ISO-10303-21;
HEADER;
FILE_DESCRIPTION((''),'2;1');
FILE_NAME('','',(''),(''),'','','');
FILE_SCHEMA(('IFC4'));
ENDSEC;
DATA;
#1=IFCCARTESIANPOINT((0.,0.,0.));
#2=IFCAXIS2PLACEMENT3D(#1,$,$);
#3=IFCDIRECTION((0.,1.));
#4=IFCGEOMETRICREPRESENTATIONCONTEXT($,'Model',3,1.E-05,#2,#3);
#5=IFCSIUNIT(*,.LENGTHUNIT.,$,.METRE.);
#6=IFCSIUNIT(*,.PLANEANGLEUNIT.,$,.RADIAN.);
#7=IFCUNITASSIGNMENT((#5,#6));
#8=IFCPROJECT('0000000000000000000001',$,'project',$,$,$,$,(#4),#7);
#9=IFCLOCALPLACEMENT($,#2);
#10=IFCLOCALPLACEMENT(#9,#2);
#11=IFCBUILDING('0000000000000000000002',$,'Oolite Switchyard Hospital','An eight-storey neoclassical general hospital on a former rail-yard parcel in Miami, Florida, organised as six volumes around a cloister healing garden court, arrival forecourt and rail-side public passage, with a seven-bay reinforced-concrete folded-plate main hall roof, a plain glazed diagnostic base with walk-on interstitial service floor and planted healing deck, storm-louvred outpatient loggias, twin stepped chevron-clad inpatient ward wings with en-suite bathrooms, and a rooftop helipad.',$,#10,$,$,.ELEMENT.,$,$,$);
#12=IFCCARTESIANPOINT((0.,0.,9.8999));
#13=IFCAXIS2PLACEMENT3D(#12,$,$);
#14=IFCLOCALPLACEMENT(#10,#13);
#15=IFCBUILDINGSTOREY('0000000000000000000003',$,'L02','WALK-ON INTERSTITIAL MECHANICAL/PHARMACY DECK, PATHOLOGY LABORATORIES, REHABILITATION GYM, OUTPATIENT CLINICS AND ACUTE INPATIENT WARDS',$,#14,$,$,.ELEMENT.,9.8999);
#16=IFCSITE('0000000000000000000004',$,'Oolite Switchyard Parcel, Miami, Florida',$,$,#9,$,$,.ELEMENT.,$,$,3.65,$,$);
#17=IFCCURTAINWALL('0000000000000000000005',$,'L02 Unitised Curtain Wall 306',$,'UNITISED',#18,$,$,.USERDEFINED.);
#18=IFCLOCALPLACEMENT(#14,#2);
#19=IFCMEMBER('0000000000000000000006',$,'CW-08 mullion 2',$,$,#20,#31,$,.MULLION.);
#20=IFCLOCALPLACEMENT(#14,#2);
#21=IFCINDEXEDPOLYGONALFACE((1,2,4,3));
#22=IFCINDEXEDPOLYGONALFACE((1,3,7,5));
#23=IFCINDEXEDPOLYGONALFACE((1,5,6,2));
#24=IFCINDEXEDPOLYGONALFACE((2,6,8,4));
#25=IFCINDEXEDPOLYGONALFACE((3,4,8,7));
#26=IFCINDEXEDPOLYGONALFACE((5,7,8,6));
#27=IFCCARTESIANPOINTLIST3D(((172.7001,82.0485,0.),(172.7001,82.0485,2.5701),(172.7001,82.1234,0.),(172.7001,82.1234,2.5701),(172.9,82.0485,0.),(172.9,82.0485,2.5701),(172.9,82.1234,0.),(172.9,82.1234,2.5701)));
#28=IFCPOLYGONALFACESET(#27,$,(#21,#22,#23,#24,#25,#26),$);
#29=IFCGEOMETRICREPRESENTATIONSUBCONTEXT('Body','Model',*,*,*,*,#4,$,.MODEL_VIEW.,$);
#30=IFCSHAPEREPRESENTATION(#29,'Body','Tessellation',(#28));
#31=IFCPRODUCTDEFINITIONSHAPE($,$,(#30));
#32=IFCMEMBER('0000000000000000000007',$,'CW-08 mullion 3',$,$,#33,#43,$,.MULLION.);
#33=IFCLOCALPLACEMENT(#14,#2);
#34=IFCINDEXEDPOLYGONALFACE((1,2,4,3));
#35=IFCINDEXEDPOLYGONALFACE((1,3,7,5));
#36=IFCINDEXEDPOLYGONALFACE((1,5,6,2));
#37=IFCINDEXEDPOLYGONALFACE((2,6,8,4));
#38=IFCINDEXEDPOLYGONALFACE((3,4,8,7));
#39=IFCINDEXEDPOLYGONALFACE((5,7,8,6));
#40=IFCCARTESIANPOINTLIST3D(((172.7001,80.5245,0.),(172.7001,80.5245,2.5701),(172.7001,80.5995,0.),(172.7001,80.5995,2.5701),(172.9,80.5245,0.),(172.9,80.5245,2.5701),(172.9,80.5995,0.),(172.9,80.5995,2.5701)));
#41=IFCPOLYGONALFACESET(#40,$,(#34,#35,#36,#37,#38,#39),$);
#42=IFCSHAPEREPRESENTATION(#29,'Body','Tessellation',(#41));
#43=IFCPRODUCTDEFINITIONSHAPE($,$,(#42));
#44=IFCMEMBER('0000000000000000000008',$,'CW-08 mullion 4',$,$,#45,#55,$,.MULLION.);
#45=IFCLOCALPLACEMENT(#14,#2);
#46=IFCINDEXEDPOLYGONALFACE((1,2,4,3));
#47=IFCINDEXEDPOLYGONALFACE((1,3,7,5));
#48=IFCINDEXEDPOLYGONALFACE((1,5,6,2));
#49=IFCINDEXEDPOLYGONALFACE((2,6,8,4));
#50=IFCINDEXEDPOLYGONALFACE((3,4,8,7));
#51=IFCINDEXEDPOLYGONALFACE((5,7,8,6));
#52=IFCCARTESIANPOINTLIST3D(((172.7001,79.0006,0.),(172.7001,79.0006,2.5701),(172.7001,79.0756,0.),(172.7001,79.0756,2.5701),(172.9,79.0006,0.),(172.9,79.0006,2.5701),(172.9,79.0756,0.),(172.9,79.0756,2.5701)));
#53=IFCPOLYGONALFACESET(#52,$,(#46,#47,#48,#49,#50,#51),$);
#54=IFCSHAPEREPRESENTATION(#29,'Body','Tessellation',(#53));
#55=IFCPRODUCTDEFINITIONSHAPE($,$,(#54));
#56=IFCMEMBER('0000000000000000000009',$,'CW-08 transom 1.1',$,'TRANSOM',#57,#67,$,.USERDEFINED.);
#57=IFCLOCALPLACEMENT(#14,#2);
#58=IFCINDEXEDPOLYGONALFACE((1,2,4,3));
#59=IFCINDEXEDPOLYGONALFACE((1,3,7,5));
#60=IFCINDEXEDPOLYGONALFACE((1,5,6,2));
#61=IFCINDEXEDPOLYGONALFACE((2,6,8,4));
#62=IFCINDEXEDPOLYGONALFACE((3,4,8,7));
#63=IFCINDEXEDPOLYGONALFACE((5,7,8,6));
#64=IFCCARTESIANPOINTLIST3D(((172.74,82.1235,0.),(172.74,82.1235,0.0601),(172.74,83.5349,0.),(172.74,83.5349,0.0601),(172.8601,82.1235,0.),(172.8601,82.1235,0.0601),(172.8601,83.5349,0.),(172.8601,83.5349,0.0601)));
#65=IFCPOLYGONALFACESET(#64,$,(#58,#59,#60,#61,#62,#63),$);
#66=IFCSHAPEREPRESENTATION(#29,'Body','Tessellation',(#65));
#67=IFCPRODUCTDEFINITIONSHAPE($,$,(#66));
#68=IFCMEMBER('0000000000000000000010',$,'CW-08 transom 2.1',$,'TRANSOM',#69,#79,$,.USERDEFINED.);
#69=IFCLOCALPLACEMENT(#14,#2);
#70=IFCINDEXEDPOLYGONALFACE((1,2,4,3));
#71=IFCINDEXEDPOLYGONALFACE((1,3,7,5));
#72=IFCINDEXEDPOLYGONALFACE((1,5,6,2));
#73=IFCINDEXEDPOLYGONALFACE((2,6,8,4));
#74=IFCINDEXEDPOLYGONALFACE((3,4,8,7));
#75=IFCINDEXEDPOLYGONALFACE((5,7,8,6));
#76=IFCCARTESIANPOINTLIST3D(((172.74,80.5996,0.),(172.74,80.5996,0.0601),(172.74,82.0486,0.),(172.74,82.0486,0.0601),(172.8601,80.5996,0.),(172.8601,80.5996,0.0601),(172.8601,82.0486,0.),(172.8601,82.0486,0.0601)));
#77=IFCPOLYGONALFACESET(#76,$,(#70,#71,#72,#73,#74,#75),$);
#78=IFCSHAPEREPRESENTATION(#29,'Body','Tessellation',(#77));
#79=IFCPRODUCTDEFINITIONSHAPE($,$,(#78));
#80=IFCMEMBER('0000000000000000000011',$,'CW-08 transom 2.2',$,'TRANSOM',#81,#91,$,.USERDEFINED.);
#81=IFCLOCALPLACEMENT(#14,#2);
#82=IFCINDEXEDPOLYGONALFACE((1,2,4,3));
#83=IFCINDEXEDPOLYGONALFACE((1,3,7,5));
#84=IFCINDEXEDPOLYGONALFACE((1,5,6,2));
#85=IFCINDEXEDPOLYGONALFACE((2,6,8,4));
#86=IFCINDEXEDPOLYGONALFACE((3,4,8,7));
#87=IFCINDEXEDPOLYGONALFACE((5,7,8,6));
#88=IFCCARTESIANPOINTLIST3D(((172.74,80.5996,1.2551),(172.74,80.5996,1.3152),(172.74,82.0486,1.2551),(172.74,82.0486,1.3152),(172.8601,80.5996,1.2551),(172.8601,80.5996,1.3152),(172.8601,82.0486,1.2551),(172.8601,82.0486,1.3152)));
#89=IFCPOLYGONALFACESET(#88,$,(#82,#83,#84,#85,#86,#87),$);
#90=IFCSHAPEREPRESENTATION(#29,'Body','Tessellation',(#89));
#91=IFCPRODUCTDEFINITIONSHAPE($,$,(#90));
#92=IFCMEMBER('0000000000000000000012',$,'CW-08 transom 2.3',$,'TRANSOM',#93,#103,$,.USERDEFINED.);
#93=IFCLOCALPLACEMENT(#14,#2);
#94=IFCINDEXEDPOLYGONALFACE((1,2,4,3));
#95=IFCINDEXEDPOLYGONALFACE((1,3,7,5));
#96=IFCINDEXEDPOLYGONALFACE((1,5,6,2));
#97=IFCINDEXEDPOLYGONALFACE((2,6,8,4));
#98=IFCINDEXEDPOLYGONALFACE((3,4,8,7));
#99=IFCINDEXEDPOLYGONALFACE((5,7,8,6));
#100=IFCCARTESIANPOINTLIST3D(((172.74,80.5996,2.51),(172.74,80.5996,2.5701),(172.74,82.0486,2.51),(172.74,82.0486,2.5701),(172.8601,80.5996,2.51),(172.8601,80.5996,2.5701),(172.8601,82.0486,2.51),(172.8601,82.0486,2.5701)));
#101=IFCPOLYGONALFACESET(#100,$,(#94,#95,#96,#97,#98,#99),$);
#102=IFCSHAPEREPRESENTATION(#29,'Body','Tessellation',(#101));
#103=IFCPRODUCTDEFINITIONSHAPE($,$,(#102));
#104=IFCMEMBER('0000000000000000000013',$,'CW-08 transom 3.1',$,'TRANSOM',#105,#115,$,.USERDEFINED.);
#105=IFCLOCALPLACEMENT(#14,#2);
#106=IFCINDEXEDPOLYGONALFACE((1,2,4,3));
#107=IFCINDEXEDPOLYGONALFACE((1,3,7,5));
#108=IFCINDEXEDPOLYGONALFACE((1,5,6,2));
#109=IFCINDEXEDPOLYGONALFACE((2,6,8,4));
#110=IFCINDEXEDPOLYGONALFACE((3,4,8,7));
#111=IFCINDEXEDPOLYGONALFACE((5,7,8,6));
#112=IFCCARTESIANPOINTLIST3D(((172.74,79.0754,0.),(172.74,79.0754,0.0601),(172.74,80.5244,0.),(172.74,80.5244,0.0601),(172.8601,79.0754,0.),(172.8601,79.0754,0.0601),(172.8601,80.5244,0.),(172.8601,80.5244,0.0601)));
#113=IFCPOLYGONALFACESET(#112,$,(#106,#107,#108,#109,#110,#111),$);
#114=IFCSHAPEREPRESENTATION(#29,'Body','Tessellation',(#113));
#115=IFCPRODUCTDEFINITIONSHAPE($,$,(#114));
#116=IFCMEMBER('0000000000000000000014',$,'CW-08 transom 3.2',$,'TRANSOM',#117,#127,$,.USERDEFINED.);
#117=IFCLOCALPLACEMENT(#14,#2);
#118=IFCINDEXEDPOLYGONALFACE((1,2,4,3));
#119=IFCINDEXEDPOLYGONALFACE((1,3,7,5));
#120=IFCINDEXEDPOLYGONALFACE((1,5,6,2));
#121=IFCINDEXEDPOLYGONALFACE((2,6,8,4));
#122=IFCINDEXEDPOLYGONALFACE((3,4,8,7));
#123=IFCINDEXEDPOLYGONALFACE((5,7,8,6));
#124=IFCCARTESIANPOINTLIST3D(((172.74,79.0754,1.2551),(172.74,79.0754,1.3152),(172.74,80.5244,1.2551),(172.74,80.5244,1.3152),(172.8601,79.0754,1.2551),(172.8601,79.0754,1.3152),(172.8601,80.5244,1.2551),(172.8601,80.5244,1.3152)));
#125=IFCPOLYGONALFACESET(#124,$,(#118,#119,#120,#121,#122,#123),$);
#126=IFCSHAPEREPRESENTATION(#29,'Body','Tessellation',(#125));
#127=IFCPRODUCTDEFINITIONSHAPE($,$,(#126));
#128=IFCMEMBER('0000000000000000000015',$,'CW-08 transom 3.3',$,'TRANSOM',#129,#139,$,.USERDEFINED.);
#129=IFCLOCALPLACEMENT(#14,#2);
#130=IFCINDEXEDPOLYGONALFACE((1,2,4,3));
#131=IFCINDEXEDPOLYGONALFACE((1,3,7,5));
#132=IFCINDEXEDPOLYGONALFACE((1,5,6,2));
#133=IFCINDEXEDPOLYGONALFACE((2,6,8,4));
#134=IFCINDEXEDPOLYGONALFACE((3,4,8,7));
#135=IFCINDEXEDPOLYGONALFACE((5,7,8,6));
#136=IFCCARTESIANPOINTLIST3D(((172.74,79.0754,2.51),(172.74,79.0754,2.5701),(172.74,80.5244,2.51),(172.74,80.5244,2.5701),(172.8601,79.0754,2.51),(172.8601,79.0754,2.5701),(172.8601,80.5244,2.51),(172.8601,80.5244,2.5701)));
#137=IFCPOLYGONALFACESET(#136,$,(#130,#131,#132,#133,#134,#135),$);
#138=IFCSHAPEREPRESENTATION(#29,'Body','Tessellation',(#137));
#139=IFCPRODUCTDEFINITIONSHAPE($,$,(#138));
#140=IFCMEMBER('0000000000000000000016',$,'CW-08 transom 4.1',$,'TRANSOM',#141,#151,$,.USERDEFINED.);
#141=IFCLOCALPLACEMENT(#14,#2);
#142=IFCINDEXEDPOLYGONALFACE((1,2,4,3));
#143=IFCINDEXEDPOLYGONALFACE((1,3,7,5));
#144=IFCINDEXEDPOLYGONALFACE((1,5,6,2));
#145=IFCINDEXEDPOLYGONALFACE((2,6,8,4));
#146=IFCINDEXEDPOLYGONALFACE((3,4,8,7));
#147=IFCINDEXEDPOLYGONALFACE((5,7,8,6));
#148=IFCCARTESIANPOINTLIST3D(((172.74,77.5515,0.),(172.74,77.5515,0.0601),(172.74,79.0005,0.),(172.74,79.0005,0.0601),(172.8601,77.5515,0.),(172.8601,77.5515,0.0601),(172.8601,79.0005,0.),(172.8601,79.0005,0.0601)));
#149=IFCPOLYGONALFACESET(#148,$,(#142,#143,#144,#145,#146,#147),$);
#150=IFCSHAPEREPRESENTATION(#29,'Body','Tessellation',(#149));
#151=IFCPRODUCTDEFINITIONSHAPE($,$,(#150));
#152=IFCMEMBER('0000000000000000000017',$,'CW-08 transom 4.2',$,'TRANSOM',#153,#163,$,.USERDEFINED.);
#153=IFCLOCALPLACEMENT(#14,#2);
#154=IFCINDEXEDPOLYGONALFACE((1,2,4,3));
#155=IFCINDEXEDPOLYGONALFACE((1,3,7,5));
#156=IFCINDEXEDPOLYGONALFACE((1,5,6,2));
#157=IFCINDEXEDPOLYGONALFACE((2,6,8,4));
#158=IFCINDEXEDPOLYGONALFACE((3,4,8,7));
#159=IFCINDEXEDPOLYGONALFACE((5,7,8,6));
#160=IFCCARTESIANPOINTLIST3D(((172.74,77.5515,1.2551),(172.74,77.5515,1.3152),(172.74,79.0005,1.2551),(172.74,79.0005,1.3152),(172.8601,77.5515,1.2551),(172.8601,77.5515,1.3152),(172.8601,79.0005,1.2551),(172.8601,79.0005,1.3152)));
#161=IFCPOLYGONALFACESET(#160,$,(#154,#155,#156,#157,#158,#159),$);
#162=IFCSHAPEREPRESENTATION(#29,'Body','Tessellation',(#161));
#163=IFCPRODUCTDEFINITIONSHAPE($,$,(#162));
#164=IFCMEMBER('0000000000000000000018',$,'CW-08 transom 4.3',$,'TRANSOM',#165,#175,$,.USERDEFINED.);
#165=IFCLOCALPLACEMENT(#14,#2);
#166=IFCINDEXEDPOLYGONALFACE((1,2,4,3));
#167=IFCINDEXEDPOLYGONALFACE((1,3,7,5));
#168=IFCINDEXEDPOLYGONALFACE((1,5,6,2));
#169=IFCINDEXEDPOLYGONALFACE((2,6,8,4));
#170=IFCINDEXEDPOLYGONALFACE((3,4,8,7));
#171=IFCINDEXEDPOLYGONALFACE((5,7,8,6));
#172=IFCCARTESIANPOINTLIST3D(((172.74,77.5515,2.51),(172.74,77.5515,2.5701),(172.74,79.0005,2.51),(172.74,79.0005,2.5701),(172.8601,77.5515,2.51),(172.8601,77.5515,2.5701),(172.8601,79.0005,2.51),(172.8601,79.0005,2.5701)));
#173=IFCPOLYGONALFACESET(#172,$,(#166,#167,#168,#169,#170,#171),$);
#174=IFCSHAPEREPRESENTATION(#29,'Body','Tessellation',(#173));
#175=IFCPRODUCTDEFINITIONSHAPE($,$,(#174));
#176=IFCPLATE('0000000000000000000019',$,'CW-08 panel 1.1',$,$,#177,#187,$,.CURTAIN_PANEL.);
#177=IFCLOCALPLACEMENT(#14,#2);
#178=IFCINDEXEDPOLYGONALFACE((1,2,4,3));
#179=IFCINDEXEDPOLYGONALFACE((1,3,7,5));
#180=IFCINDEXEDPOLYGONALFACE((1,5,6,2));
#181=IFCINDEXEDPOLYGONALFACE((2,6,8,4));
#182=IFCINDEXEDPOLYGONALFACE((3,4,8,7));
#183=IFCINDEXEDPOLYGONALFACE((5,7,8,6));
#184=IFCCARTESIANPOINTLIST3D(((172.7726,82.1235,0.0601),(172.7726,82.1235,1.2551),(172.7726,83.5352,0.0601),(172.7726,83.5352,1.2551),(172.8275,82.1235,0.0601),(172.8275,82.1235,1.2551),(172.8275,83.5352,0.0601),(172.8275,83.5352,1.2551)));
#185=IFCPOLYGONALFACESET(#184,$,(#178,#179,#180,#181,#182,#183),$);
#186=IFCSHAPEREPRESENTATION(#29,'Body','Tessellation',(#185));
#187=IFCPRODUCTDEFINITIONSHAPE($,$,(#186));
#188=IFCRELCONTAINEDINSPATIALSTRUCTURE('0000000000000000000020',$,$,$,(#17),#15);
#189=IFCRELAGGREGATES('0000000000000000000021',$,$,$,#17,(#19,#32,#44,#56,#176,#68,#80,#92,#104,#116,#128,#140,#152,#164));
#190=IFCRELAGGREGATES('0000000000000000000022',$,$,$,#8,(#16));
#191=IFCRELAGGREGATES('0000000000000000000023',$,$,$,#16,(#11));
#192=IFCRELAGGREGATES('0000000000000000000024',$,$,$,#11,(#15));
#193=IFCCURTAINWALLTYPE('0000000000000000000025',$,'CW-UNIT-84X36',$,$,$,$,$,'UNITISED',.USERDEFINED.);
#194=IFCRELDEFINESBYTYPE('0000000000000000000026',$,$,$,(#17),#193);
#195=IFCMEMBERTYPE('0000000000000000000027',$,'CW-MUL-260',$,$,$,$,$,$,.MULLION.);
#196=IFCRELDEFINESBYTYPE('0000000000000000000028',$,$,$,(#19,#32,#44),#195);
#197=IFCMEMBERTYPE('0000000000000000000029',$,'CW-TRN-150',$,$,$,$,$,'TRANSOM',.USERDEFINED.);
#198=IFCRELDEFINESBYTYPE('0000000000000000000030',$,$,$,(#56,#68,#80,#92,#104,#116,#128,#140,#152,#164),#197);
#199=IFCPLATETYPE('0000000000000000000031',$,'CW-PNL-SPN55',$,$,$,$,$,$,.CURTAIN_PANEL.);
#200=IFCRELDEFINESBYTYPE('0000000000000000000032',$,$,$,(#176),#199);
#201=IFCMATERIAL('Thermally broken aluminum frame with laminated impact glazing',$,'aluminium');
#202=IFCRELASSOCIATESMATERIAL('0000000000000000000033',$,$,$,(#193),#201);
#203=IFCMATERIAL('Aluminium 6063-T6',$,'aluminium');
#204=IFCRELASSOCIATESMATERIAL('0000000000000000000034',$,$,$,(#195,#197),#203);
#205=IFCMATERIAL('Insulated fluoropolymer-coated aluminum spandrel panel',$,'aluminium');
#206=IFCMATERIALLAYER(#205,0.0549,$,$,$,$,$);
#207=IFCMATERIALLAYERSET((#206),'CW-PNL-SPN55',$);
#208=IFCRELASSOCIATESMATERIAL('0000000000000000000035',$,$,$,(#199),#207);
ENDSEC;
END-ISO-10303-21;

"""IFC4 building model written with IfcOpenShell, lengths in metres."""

from ifc_helpers import new_model, si_unit, direction, frame, origin, origin_2d, place, context, subcontext, project, spatial, rectangle, extrude, material, layer, layer_set, material_profile, profile_set, type_object, element, aggregate, save


model = new_model("IFC4")

# Units and contexts
model_context = context("Model", 3, precision=1e-05, world=origin(), true_north=direction((0.0, 1.0)))
body_context = subcontext(model_context, "Body", "Model", "MODEL_VIEW")
ifc_project = project(units=[si_unit("LENGTHUNIT", "METRE"), si_unit("PLANEANGLEUNIT", "RADIAN")], contexts=[model_context])

# Site, building, storey
site_placement = place(None, origin())
site = spatial("IfcSite", under=ifc_project, at=site_placement, Name="Oolite Switchyard Parcel, Miami, Florida", CompositionType="ELEMENT", RefElevation=3.65)
building_placement = place(site_placement, origin())
building = spatial("IfcBuilding", under=site, at=building_placement, Name="Oolite Switchyard Hospital", Description="An eight-storey neoclassical general hospital on a former rail-yard parcel in Miami, Florida, organised as six volumes around a cloister healing garden court, arrival forecourt and rail-side public passage, with a seven-bay reinforced-concrete folded-plate main hall roof, a plain glazed diagnostic base with walk-on interstitial service floor and planted healing deck, storm-louvred outpatient loggias, twin stepped chevron-clad inpatient ward wings with en-suite bathrooms, and a rooftop helipad.", CompositionType="ELEMENT")
storey_placement = place(building_placement, frame((0.0, 0.0, 9.8999)))
storey = spatial("IfcBuildingStorey", under=building, at=storey_placement, Name="L02", Description="WALK-ON INTERSTITIAL MECHANICAL/PHARMACY DECK, PATHOLOGY LABORATORIES, REHABILITATION GYM, OUTPATIENT CLINICS AND ACUTE INPATIENT WARDS", CompositionType="ELEMENT", Elevation=9.8999)

# Curtain wall, members, plate
ifc_material_1 = material(Name="Thermally broken aluminum frame with laminated impact glazing", Category="aluminium")
curtain_wall_type = type_object("IfcCurtainWallType", Name="CW-UNIT-84X36", ElementType="UNITISED", PredefinedType="USERDEFINED", material=ifc_material_1)
curtain_wall_placement = place(storey_placement, origin())
curtain_wall = element("IfcCurtainWall", 1, at=curtain_wall_placement, inside=storey, type_object=curtain_wall_type, Name="L02 Unitised Curtain Wall 306", ObjectType="UNITISED", PredefinedType="USERDEFINED")
ifc_material_2 = material(Name="Aluminium 6063-T6", Category="aluminium")
ifc_material_profile_1 = material_profile(ifc_material_2, rectangle(XDim=0.2, YDim=0.075, at=origin_2d()), Name="CWM75X200")
ifc_profile_set_1 = profile_set([ifc_material_profile_1], Name="Aluminium 6063-T6")
member_type_1 = type_object("IfcMemberType", Name="CW-MUL-260", PredefinedType="MULLION", material=ifc_profile_set_1)
member_1_placement = place(storey_placement, frame((172.8, 82.0859, 0.0), z_axis=(0.0, 0.0, 1.0), x_axis=(1.0, 0.0, 0.0)))
member_1 = element("IfcMember", 2, at=member_1_placement, type_object=member_type_1, Name="CW-08 mullion 2", PredefinedType="MULLION", context=body_context, shape_type="SweptSolid", body=[
    extrude(rectangle(XDim=0.2, YDim=0.075, at=origin_2d()), origin(), (0.0, 0.0, 1.0), 2.5701),
])
member_2_placement = place(storey_placement, frame((172.8, 80.562, 0.0), z_axis=(0.0, 0.0, 1.0), x_axis=(1.0, 0.0, 0.0)))
member_2 = element("IfcMember", 3, at=member_2_placement, type_object=member_type_1, Name="CW-08 mullion 3", PredefinedType="MULLION", context=body_context, shape_type="SweptSolid", body=[
    extrude(rectangle(XDim=0.2, YDim=0.075, at=origin_2d()), origin(), (0.0, 0.0, 1.0), 2.5701),
])
member_3_placement = place(storey_placement, frame((172.8, 79.0381, 0.0), z_axis=(0.0, 0.0, 1.0), x_axis=(1.0, 0.0, 0.0)))
member_3 = element("IfcMember", 4, at=member_3_placement, type_object=member_type_1, Name="CW-08 mullion 4", PredefinedType="MULLION", context=body_context, shape_type="SweptSolid", body=[
    extrude(rectangle(XDim=0.2, YDim=0.075, at=origin_2d()), origin(), (0.0, 0.0, 1.0), 2.5701),
])
ifc_material_profile_2 = material_profile(ifc_material_2, rectangle(XDim=0.1201, YDim=0.0601, at=origin_2d()), Name="CWT60X120")
ifc_profile_set_2 = profile_set([ifc_material_profile_2], Name="Aluminium 6063-T6")
member_type_2 = type_object("IfcMemberType", Name="CW-TRN-150", ElementType="TRANSOM", PredefinedType="USERDEFINED", material=ifc_profile_set_2)
member_4_placement = place(storey_placement, frame((172.8, 83.5349, 0.03), z_axis=(0.0, -1.0, 0.0), x_axis=(1.0, 0.0, 0.0)))
member_4 = element("IfcMember", 5, at=member_4_placement, type_object=member_type_2, Name="CW-08 transom 1.1", ObjectType="TRANSOM", PredefinedType="USERDEFINED", context=body_context, shape_type="SweptSolid", body=[
    extrude(rectangle(XDim=0.1201, YDim=0.0601, at=origin_2d()), origin(), (0.0, 0.0, 1.0), 1.4114),
])
member_5_placement = place(storey_placement, frame((172.8, 82.0486, 0.03), z_axis=(0.0, -1.0, 0.0), x_axis=(1.0, 0.0, 0.0)))
member_5 = element("IfcMember", 6, at=member_5_placement, type_object=member_type_2, Name="CW-08 transom 2.1", ObjectType="TRANSOM", PredefinedType="USERDEFINED", context=body_context, shape_type="SweptSolid", body=[
    extrude(rectangle(XDim=0.1201, YDim=0.0601, at=origin_2d()), origin(), (0.0, 0.0, 1.0), 1.449),
])
member_6_placement = place(storey_placement, frame((172.8, 82.0486, 1.2852), z_axis=(0.0, -1.0, 0.0), x_axis=(1.0, 0.0, 0.0)))
member_6 = element("IfcMember", 7, at=member_6_placement, type_object=member_type_2, Name="CW-08 transom 2.2", ObjectType="TRANSOM", PredefinedType="USERDEFINED", context=body_context, shape_type="SweptSolid", body=[
    extrude(rectangle(XDim=0.1201, YDim=0.0601, at=origin_2d()), origin(), (0.0, 0.0, 1.0), 1.449),
])
member_7_placement = place(storey_placement, frame((172.8, 82.0486, 2.54), z_axis=(0.0, -1.0, 0.0), x_axis=(1.0, 0.0, 0.0)))
member_7 = element("IfcMember", 8, at=member_7_placement, type_object=member_type_2, Name="CW-08 transom 2.3", ObjectType="TRANSOM", PredefinedType="USERDEFINED", context=body_context, shape_type="SweptSolid", body=[
    extrude(rectangle(XDim=0.1201, YDim=0.0601, at=origin_2d()), origin(), (0.0, 0.0, 1.0), 1.449),
])
member_8_placement = place(storey_placement, frame((172.8, 80.5244, 0.03), z_axis=(0.0, -1.0, 0.0), x_axis=(1.0, 0.0, 0.0)))
member_8 = element("IfcMember", 9, at=member_8_placement, type_object=member_type_2, Name="CW-08 transom 3.1", ObjectType="TRANSOM", PredefinedType="USERDEFINED", context=body_context, shape_type="SweptSolid", body=[
    extrude(rectangle(XDim=0.1201, YDim=0.0601, at=origin_2d()), origin(), (0.0, 0.0, 1.0), 1.449),
])
member_9_placement = place(storey_placement, frame((172.8, 80.5244, 1.2852), z_axis=(0.0, -1.0, 0.0), x_axis=(1.0, 0.0, 0.0)))
member_9 = element("IfcMember", 10, at=member_9_placement, type_object=member_type_2, Name="CW-08 transom 3.2", ObjectType="TRANSOM", PredefinedType="USERDEFINED", context=body_context, shape_type="SweptSolid", body=[
    extrude(rectangle(XDim=0.1201, YDim=0.0601, at=origin_2d()), origin(), (0.0, 0.0, 1.0), 1.449),
])
member_10_placement = place(storey_placement, frame((172.8, 80.5244, 2.54), z_axis=(0.0, -1.0, 0.0), x_axis=(1.0, 0.0, 0.0)))
member_10 = element("IfcMember", 11, at=member_10_placement, type_object=member_type_2, Name="CW-08 transom 3.3", ObjectType="TRANSOM", PredefinedType="USERDEFINED", context=body_context, shape_type="SweptSolid", body=[
    extrude(rectangle(XDim=0.1201, YDim=0.0601, at=origin_2d()), origin(), (0.0, 0.0, 1.0), 1.449),
])
member_11_placement = place(storey_placement, frame((172.8, 79.0005, 0.03), z_axis=(0.0, -1.0, 0.0), x_axis=(1.0, 0.0, 0.0)))
member_11 = element("IfcMember", 12, at=member_11_placement, type_object=member_type_2, Name="CW-08 transom 4.1", ObjectType="TRANSOM", PredefinedType="USERDEFINED", context=body_context, shape_type="SweptSolid", body=[
    extrude(rectangle(XDim=0.1201, YDim=0.0601, at=origin_2d()), origin(), (0.0, 0.0, 1.0), 1.449),
])
member_12_placement = place(storey_placement, frame((172.8, 79.0005, 1.2852), z_axis=(0.0, -1.0, 0.0), x_axis=(1.0, 0.0, 0.0)))
member_12 = element("IfcMember", 13, at=member_12_placement, type_object=member_type_2, Name="CW-08 transom 4.2", ObjectType="TRANSOM", PredefinedType="USERDEFINED", context=body_context, shape_type="SweptSolid", body=[
    extrude(rectangle(XDim=0.1201, YDim=0.0601, at=origin_2d()), origin(), (0.0, 0.0, 1.0), 1.449),
])
member_13_placement = place(storey_placement, frame((172.8, 79.0005, 2.54), z_axis=(0.0, -1.0, 0.0), x_axis=(1.0, 0.0, 0.0)))
member_13 = element("IfcMember", 14, at=member_13_placement, type_object=member_type_2, Name="CW-08 transom 4.3", ObjectType="TRANSOM", PredefinedType="USERDEFINED", context=body_context, shape_type="SweptSolid", body=[
    extrude(rectangle(XDim=0.1201, YDim=0.0601, at=origin_2d()), origin(), (0.0, 0.0, 1.0), 1.449),
])
ifc_material_3 = material(Name="Insulated fluoropolymer-coated aluminum spandrel panel", Category="aluminium")
ifc_layer = layer(ifc_material_3, 0.0549)
ifc_layer_set = layer_set([ifc_layer], Name="CW-PNL-SPN55")
plate_type = type_object("IfcPlateType", Name="CW-PNL-SPN55", PredefinedType="CURTAIN_PANEL", material=ifc_layer_set)
plate_1_placement = place(storey_placement, frame((172.8, 82.8293, 0.0601), z_axis=(0.0, 0.0, 1.0), x_axis=(0.0, -1.0, 0.0)))
plate_1 = element("IfcPlate", 15, at=plate_1_placement, type_object=plate_type, Name="CW-08 panel 1.1", PredefinedType="CURTAIN_PANEL", context=body_context, shape_type="SweptSolid", body=[
    extrude(rectangle(XDim=1.4116, YDim=0.0549, at=origin_2d()), origin(), (0.0, 0.0, 1.0), 1.1951),
])
aggregate(curtain_wall, [member_1, member_2, member_3, member_4, plate_1, member_5, member_6, member_7, member_8, member_9, member_10, member_11, member_12, member_13])

save(model, "model.ifc")
